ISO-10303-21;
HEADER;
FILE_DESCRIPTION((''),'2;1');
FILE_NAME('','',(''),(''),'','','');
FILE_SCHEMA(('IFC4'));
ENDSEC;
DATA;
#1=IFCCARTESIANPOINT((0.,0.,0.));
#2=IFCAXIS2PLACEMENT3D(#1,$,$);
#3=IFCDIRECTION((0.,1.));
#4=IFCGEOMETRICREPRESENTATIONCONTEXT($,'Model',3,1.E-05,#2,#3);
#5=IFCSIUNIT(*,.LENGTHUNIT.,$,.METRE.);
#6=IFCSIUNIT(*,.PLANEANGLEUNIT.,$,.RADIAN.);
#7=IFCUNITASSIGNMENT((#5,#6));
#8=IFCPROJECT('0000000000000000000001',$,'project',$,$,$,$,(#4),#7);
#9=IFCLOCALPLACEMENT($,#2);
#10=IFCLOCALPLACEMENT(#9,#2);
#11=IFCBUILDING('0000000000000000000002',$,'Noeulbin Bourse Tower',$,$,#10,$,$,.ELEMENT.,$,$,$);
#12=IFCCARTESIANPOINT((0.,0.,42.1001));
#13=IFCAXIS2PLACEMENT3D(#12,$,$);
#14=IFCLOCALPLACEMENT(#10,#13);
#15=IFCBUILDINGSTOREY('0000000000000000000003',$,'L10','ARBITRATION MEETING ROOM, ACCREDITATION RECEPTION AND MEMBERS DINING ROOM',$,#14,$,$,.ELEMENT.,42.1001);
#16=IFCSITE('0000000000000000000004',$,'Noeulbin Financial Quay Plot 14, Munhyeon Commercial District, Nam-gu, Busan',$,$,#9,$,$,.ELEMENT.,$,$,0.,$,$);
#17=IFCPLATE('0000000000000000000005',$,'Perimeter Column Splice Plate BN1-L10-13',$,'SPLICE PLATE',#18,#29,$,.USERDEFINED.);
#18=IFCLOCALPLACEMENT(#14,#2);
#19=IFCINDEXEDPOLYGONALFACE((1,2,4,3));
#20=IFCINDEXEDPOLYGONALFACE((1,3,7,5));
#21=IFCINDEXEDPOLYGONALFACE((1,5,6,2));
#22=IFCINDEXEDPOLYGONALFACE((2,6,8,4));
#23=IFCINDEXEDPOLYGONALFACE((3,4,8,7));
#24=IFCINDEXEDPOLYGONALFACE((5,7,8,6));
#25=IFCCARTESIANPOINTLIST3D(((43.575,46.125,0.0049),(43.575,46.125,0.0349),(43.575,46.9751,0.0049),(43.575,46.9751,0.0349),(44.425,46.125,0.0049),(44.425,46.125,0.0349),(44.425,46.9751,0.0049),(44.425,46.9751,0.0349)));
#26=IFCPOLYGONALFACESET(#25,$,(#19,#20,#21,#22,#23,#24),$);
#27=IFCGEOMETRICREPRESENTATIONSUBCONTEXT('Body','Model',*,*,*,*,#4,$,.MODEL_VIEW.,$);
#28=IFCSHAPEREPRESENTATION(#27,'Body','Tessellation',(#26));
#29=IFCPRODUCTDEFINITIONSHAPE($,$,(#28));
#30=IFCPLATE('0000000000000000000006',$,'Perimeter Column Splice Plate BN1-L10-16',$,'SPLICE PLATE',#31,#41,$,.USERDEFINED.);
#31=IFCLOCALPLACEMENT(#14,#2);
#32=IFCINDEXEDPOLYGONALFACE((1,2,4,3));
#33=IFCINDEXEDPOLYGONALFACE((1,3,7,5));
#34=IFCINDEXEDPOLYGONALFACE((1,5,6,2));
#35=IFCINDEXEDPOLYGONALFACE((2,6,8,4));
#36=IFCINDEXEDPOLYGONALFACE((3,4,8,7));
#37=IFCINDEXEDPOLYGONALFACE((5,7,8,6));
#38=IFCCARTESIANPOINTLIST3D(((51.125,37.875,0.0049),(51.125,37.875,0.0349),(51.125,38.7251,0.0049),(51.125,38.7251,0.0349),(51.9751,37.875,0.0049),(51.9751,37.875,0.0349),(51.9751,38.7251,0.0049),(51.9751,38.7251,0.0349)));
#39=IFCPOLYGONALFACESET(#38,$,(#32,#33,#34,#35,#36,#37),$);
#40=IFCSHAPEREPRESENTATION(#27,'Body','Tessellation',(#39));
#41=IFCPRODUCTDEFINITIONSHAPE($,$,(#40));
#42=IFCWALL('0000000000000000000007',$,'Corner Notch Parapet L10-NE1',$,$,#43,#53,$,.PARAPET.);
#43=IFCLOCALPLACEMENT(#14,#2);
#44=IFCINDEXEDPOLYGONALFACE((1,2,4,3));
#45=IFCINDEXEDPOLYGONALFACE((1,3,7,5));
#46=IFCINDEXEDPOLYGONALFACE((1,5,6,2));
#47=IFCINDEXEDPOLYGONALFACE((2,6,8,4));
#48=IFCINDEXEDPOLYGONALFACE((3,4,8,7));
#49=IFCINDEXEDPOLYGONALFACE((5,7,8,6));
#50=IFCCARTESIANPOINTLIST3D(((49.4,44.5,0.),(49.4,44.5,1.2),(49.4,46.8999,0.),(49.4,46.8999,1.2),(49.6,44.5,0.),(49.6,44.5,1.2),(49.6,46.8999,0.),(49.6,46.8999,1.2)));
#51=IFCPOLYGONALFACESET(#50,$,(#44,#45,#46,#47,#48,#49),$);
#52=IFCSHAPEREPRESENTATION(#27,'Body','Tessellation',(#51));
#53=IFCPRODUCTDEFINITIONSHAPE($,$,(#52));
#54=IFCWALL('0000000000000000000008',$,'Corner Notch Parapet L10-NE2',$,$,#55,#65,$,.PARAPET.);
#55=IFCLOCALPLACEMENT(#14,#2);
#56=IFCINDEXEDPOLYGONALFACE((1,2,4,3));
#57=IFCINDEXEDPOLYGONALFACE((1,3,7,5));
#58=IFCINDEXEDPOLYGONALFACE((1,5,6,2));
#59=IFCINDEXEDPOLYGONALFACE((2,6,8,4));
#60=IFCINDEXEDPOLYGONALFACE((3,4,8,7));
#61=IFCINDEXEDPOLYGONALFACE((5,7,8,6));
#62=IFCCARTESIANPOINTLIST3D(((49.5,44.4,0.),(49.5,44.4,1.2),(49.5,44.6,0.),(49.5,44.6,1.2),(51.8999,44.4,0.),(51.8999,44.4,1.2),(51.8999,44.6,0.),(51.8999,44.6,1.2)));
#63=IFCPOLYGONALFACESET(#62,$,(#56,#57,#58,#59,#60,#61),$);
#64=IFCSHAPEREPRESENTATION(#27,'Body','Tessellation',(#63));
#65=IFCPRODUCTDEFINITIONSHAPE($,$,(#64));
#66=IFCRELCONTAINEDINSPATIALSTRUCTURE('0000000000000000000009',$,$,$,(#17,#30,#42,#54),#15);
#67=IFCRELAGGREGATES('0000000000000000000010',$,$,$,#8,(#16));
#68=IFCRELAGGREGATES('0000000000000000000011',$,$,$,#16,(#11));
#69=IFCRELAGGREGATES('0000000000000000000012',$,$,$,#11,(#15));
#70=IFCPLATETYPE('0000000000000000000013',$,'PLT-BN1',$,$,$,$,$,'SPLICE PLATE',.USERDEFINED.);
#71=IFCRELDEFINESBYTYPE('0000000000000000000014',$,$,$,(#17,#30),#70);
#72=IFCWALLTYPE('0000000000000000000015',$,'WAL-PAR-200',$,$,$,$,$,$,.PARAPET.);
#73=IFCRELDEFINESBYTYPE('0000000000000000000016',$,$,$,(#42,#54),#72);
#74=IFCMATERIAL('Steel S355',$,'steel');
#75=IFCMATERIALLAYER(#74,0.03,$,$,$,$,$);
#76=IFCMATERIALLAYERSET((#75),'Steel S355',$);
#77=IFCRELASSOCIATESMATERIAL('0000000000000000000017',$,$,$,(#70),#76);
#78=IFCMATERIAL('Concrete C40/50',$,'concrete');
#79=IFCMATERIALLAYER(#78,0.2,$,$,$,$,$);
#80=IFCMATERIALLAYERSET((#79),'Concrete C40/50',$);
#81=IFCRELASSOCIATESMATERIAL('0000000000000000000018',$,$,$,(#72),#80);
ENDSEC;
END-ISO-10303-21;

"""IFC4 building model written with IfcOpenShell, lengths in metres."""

from ifc_helpers import new_model, si_unit, direction, frame, frame_2d, origin, origin_2d, place, context, subcontext, project, spatial, rectangle, extrude, material, layer, layer_set, type_object, element, save


model = new_model("IFC4")

# Units and contexts
model_context = context("Model", 3, precision=1e-05, world=origin(), true_north=direction((0.0, 1.0)))
body_context = subcontext(model_context, "Body", "Model", "MODEL_VIEW")
ifc_project = project(units=[si_unit("LENGTHUNIT", "METRE"), si_unit("PLANEANGLEUNIT", "RADIAN")], contexts=[model_context])

# Site, building, storey
site_placement = place(None, origin())
site = spatial("IfcSite", under=ifc_project, at=site_placement, Name="Noeulbin Financial Quay Plot 14, Munhyeon Commercial District, Nam-gu, Busan", CompositionType="ELEMENT", RefElevation=0.0)
building_placement = place(site_placement, origin())
building = spatial("IfcBuilding", under=site, at=building_placement, Name="Noeulbin Bourse Tower", CompositionType="ELEMENT")
storey_placement = place(building_placement, frame((0.0, 0.0, 42.1001)))
storey = spatial("IfcBuildingStorey", under=building, at=storey_placement, Name="L10", Description="ARBITRATION MEETING ROOM, ACCREDITATION RECEPTION AND MEMBERS DINING ROOM", CompositionType="ELEMENT", Elevation=42.1001)

# Shared definitions
ifc_material_1 = material(Name="Steel S355", Category="steel")

# Plates
ifc_layer_1 = layer(ifc_material_1, 0.03)
ifc_layer_set_1 = layer_set([ifc_layer_1], Name="Steel S355")
plate_type_1 = type_object("IfcPlateType", Name="PLT-BN1", ElementType="SPLICE PLATE", PredefinedType="USERDEFINED", material=ifc_layer_set_1)
for number, where, z_axis, x_axis, name in (
    (1, (44.0, 46.55, 0.0049), (0.0, 0.0, 1.0), (1.0, 0.0, 0.0), "Perimeter Column Splice Plate BN1-L10-13"),
    (2, (51.55, 38.3, 0.0049), (0.0, 0.0, 1.0), (1.0, 0.0, 0.0), "Perimeter Column Splice Plate BN1-L10-16"),
):
    element("IfcPlate", number, at=place(storey_placement, frame(where, z_axis=z_axis, x_axis=x_axis)), inside=storey, type_object=plate_type_1, Name=name, ObjectType="SPLICE PLATE", PredefinedType="USERDEFINED", context=body_context, shape_type="SweptSolid", body=[
        extrude(rectangle(XDim=0.8501, YDim=0.8501, at=origin_2d()), origin(), (0.0, 0.0, 1.0), 0.03),
    ])

# Walls
ifc_material_2 = material(Name="Concrete C40/50", Category="concrete")
ifc_layer_2 = layer(ifc_material_2, 0.2)
ifc_layer_set_2 = layer_set([ifc_layer_2], Name="Concrete C40/50")
wall_type = type_object("IfcWallType", Name="WAL-PAR-200", PredefinedType="PARAPET", material=ifc_layer_set_2)
for number, where, z_axis, x_axis, name in (
    (3, (49.5, 46.8999, 0.0), (0.0, 0.0, 1.0), (0.0, -1.0, 0.0), "Corner Notch Parapet L10-NE1"),
    (4, (49.5, 44.5, 0.0), (0.0, 0.0, 1.0), (1.0, 0.0, 0.0), "Corner Notch Parapet L10-NE2"),
):
    element("IfcWall", number, at=place(storey_placement, frame(where, z_axis=z_axis, x_axis=x_axis)), inside=storey, type_object=wall_type, Name=name, PredefinedType="PARAPET", context=body_context, shape_type="SweptSolid", body=[
        extrude(rectangle(XDim=2.3999, YDim=0.2, at=frame_2d((1.2, 0.0))), origin(), (0.0, 0.0, 1.0), 1.2),
    ])

save(model, "model.ifc")
